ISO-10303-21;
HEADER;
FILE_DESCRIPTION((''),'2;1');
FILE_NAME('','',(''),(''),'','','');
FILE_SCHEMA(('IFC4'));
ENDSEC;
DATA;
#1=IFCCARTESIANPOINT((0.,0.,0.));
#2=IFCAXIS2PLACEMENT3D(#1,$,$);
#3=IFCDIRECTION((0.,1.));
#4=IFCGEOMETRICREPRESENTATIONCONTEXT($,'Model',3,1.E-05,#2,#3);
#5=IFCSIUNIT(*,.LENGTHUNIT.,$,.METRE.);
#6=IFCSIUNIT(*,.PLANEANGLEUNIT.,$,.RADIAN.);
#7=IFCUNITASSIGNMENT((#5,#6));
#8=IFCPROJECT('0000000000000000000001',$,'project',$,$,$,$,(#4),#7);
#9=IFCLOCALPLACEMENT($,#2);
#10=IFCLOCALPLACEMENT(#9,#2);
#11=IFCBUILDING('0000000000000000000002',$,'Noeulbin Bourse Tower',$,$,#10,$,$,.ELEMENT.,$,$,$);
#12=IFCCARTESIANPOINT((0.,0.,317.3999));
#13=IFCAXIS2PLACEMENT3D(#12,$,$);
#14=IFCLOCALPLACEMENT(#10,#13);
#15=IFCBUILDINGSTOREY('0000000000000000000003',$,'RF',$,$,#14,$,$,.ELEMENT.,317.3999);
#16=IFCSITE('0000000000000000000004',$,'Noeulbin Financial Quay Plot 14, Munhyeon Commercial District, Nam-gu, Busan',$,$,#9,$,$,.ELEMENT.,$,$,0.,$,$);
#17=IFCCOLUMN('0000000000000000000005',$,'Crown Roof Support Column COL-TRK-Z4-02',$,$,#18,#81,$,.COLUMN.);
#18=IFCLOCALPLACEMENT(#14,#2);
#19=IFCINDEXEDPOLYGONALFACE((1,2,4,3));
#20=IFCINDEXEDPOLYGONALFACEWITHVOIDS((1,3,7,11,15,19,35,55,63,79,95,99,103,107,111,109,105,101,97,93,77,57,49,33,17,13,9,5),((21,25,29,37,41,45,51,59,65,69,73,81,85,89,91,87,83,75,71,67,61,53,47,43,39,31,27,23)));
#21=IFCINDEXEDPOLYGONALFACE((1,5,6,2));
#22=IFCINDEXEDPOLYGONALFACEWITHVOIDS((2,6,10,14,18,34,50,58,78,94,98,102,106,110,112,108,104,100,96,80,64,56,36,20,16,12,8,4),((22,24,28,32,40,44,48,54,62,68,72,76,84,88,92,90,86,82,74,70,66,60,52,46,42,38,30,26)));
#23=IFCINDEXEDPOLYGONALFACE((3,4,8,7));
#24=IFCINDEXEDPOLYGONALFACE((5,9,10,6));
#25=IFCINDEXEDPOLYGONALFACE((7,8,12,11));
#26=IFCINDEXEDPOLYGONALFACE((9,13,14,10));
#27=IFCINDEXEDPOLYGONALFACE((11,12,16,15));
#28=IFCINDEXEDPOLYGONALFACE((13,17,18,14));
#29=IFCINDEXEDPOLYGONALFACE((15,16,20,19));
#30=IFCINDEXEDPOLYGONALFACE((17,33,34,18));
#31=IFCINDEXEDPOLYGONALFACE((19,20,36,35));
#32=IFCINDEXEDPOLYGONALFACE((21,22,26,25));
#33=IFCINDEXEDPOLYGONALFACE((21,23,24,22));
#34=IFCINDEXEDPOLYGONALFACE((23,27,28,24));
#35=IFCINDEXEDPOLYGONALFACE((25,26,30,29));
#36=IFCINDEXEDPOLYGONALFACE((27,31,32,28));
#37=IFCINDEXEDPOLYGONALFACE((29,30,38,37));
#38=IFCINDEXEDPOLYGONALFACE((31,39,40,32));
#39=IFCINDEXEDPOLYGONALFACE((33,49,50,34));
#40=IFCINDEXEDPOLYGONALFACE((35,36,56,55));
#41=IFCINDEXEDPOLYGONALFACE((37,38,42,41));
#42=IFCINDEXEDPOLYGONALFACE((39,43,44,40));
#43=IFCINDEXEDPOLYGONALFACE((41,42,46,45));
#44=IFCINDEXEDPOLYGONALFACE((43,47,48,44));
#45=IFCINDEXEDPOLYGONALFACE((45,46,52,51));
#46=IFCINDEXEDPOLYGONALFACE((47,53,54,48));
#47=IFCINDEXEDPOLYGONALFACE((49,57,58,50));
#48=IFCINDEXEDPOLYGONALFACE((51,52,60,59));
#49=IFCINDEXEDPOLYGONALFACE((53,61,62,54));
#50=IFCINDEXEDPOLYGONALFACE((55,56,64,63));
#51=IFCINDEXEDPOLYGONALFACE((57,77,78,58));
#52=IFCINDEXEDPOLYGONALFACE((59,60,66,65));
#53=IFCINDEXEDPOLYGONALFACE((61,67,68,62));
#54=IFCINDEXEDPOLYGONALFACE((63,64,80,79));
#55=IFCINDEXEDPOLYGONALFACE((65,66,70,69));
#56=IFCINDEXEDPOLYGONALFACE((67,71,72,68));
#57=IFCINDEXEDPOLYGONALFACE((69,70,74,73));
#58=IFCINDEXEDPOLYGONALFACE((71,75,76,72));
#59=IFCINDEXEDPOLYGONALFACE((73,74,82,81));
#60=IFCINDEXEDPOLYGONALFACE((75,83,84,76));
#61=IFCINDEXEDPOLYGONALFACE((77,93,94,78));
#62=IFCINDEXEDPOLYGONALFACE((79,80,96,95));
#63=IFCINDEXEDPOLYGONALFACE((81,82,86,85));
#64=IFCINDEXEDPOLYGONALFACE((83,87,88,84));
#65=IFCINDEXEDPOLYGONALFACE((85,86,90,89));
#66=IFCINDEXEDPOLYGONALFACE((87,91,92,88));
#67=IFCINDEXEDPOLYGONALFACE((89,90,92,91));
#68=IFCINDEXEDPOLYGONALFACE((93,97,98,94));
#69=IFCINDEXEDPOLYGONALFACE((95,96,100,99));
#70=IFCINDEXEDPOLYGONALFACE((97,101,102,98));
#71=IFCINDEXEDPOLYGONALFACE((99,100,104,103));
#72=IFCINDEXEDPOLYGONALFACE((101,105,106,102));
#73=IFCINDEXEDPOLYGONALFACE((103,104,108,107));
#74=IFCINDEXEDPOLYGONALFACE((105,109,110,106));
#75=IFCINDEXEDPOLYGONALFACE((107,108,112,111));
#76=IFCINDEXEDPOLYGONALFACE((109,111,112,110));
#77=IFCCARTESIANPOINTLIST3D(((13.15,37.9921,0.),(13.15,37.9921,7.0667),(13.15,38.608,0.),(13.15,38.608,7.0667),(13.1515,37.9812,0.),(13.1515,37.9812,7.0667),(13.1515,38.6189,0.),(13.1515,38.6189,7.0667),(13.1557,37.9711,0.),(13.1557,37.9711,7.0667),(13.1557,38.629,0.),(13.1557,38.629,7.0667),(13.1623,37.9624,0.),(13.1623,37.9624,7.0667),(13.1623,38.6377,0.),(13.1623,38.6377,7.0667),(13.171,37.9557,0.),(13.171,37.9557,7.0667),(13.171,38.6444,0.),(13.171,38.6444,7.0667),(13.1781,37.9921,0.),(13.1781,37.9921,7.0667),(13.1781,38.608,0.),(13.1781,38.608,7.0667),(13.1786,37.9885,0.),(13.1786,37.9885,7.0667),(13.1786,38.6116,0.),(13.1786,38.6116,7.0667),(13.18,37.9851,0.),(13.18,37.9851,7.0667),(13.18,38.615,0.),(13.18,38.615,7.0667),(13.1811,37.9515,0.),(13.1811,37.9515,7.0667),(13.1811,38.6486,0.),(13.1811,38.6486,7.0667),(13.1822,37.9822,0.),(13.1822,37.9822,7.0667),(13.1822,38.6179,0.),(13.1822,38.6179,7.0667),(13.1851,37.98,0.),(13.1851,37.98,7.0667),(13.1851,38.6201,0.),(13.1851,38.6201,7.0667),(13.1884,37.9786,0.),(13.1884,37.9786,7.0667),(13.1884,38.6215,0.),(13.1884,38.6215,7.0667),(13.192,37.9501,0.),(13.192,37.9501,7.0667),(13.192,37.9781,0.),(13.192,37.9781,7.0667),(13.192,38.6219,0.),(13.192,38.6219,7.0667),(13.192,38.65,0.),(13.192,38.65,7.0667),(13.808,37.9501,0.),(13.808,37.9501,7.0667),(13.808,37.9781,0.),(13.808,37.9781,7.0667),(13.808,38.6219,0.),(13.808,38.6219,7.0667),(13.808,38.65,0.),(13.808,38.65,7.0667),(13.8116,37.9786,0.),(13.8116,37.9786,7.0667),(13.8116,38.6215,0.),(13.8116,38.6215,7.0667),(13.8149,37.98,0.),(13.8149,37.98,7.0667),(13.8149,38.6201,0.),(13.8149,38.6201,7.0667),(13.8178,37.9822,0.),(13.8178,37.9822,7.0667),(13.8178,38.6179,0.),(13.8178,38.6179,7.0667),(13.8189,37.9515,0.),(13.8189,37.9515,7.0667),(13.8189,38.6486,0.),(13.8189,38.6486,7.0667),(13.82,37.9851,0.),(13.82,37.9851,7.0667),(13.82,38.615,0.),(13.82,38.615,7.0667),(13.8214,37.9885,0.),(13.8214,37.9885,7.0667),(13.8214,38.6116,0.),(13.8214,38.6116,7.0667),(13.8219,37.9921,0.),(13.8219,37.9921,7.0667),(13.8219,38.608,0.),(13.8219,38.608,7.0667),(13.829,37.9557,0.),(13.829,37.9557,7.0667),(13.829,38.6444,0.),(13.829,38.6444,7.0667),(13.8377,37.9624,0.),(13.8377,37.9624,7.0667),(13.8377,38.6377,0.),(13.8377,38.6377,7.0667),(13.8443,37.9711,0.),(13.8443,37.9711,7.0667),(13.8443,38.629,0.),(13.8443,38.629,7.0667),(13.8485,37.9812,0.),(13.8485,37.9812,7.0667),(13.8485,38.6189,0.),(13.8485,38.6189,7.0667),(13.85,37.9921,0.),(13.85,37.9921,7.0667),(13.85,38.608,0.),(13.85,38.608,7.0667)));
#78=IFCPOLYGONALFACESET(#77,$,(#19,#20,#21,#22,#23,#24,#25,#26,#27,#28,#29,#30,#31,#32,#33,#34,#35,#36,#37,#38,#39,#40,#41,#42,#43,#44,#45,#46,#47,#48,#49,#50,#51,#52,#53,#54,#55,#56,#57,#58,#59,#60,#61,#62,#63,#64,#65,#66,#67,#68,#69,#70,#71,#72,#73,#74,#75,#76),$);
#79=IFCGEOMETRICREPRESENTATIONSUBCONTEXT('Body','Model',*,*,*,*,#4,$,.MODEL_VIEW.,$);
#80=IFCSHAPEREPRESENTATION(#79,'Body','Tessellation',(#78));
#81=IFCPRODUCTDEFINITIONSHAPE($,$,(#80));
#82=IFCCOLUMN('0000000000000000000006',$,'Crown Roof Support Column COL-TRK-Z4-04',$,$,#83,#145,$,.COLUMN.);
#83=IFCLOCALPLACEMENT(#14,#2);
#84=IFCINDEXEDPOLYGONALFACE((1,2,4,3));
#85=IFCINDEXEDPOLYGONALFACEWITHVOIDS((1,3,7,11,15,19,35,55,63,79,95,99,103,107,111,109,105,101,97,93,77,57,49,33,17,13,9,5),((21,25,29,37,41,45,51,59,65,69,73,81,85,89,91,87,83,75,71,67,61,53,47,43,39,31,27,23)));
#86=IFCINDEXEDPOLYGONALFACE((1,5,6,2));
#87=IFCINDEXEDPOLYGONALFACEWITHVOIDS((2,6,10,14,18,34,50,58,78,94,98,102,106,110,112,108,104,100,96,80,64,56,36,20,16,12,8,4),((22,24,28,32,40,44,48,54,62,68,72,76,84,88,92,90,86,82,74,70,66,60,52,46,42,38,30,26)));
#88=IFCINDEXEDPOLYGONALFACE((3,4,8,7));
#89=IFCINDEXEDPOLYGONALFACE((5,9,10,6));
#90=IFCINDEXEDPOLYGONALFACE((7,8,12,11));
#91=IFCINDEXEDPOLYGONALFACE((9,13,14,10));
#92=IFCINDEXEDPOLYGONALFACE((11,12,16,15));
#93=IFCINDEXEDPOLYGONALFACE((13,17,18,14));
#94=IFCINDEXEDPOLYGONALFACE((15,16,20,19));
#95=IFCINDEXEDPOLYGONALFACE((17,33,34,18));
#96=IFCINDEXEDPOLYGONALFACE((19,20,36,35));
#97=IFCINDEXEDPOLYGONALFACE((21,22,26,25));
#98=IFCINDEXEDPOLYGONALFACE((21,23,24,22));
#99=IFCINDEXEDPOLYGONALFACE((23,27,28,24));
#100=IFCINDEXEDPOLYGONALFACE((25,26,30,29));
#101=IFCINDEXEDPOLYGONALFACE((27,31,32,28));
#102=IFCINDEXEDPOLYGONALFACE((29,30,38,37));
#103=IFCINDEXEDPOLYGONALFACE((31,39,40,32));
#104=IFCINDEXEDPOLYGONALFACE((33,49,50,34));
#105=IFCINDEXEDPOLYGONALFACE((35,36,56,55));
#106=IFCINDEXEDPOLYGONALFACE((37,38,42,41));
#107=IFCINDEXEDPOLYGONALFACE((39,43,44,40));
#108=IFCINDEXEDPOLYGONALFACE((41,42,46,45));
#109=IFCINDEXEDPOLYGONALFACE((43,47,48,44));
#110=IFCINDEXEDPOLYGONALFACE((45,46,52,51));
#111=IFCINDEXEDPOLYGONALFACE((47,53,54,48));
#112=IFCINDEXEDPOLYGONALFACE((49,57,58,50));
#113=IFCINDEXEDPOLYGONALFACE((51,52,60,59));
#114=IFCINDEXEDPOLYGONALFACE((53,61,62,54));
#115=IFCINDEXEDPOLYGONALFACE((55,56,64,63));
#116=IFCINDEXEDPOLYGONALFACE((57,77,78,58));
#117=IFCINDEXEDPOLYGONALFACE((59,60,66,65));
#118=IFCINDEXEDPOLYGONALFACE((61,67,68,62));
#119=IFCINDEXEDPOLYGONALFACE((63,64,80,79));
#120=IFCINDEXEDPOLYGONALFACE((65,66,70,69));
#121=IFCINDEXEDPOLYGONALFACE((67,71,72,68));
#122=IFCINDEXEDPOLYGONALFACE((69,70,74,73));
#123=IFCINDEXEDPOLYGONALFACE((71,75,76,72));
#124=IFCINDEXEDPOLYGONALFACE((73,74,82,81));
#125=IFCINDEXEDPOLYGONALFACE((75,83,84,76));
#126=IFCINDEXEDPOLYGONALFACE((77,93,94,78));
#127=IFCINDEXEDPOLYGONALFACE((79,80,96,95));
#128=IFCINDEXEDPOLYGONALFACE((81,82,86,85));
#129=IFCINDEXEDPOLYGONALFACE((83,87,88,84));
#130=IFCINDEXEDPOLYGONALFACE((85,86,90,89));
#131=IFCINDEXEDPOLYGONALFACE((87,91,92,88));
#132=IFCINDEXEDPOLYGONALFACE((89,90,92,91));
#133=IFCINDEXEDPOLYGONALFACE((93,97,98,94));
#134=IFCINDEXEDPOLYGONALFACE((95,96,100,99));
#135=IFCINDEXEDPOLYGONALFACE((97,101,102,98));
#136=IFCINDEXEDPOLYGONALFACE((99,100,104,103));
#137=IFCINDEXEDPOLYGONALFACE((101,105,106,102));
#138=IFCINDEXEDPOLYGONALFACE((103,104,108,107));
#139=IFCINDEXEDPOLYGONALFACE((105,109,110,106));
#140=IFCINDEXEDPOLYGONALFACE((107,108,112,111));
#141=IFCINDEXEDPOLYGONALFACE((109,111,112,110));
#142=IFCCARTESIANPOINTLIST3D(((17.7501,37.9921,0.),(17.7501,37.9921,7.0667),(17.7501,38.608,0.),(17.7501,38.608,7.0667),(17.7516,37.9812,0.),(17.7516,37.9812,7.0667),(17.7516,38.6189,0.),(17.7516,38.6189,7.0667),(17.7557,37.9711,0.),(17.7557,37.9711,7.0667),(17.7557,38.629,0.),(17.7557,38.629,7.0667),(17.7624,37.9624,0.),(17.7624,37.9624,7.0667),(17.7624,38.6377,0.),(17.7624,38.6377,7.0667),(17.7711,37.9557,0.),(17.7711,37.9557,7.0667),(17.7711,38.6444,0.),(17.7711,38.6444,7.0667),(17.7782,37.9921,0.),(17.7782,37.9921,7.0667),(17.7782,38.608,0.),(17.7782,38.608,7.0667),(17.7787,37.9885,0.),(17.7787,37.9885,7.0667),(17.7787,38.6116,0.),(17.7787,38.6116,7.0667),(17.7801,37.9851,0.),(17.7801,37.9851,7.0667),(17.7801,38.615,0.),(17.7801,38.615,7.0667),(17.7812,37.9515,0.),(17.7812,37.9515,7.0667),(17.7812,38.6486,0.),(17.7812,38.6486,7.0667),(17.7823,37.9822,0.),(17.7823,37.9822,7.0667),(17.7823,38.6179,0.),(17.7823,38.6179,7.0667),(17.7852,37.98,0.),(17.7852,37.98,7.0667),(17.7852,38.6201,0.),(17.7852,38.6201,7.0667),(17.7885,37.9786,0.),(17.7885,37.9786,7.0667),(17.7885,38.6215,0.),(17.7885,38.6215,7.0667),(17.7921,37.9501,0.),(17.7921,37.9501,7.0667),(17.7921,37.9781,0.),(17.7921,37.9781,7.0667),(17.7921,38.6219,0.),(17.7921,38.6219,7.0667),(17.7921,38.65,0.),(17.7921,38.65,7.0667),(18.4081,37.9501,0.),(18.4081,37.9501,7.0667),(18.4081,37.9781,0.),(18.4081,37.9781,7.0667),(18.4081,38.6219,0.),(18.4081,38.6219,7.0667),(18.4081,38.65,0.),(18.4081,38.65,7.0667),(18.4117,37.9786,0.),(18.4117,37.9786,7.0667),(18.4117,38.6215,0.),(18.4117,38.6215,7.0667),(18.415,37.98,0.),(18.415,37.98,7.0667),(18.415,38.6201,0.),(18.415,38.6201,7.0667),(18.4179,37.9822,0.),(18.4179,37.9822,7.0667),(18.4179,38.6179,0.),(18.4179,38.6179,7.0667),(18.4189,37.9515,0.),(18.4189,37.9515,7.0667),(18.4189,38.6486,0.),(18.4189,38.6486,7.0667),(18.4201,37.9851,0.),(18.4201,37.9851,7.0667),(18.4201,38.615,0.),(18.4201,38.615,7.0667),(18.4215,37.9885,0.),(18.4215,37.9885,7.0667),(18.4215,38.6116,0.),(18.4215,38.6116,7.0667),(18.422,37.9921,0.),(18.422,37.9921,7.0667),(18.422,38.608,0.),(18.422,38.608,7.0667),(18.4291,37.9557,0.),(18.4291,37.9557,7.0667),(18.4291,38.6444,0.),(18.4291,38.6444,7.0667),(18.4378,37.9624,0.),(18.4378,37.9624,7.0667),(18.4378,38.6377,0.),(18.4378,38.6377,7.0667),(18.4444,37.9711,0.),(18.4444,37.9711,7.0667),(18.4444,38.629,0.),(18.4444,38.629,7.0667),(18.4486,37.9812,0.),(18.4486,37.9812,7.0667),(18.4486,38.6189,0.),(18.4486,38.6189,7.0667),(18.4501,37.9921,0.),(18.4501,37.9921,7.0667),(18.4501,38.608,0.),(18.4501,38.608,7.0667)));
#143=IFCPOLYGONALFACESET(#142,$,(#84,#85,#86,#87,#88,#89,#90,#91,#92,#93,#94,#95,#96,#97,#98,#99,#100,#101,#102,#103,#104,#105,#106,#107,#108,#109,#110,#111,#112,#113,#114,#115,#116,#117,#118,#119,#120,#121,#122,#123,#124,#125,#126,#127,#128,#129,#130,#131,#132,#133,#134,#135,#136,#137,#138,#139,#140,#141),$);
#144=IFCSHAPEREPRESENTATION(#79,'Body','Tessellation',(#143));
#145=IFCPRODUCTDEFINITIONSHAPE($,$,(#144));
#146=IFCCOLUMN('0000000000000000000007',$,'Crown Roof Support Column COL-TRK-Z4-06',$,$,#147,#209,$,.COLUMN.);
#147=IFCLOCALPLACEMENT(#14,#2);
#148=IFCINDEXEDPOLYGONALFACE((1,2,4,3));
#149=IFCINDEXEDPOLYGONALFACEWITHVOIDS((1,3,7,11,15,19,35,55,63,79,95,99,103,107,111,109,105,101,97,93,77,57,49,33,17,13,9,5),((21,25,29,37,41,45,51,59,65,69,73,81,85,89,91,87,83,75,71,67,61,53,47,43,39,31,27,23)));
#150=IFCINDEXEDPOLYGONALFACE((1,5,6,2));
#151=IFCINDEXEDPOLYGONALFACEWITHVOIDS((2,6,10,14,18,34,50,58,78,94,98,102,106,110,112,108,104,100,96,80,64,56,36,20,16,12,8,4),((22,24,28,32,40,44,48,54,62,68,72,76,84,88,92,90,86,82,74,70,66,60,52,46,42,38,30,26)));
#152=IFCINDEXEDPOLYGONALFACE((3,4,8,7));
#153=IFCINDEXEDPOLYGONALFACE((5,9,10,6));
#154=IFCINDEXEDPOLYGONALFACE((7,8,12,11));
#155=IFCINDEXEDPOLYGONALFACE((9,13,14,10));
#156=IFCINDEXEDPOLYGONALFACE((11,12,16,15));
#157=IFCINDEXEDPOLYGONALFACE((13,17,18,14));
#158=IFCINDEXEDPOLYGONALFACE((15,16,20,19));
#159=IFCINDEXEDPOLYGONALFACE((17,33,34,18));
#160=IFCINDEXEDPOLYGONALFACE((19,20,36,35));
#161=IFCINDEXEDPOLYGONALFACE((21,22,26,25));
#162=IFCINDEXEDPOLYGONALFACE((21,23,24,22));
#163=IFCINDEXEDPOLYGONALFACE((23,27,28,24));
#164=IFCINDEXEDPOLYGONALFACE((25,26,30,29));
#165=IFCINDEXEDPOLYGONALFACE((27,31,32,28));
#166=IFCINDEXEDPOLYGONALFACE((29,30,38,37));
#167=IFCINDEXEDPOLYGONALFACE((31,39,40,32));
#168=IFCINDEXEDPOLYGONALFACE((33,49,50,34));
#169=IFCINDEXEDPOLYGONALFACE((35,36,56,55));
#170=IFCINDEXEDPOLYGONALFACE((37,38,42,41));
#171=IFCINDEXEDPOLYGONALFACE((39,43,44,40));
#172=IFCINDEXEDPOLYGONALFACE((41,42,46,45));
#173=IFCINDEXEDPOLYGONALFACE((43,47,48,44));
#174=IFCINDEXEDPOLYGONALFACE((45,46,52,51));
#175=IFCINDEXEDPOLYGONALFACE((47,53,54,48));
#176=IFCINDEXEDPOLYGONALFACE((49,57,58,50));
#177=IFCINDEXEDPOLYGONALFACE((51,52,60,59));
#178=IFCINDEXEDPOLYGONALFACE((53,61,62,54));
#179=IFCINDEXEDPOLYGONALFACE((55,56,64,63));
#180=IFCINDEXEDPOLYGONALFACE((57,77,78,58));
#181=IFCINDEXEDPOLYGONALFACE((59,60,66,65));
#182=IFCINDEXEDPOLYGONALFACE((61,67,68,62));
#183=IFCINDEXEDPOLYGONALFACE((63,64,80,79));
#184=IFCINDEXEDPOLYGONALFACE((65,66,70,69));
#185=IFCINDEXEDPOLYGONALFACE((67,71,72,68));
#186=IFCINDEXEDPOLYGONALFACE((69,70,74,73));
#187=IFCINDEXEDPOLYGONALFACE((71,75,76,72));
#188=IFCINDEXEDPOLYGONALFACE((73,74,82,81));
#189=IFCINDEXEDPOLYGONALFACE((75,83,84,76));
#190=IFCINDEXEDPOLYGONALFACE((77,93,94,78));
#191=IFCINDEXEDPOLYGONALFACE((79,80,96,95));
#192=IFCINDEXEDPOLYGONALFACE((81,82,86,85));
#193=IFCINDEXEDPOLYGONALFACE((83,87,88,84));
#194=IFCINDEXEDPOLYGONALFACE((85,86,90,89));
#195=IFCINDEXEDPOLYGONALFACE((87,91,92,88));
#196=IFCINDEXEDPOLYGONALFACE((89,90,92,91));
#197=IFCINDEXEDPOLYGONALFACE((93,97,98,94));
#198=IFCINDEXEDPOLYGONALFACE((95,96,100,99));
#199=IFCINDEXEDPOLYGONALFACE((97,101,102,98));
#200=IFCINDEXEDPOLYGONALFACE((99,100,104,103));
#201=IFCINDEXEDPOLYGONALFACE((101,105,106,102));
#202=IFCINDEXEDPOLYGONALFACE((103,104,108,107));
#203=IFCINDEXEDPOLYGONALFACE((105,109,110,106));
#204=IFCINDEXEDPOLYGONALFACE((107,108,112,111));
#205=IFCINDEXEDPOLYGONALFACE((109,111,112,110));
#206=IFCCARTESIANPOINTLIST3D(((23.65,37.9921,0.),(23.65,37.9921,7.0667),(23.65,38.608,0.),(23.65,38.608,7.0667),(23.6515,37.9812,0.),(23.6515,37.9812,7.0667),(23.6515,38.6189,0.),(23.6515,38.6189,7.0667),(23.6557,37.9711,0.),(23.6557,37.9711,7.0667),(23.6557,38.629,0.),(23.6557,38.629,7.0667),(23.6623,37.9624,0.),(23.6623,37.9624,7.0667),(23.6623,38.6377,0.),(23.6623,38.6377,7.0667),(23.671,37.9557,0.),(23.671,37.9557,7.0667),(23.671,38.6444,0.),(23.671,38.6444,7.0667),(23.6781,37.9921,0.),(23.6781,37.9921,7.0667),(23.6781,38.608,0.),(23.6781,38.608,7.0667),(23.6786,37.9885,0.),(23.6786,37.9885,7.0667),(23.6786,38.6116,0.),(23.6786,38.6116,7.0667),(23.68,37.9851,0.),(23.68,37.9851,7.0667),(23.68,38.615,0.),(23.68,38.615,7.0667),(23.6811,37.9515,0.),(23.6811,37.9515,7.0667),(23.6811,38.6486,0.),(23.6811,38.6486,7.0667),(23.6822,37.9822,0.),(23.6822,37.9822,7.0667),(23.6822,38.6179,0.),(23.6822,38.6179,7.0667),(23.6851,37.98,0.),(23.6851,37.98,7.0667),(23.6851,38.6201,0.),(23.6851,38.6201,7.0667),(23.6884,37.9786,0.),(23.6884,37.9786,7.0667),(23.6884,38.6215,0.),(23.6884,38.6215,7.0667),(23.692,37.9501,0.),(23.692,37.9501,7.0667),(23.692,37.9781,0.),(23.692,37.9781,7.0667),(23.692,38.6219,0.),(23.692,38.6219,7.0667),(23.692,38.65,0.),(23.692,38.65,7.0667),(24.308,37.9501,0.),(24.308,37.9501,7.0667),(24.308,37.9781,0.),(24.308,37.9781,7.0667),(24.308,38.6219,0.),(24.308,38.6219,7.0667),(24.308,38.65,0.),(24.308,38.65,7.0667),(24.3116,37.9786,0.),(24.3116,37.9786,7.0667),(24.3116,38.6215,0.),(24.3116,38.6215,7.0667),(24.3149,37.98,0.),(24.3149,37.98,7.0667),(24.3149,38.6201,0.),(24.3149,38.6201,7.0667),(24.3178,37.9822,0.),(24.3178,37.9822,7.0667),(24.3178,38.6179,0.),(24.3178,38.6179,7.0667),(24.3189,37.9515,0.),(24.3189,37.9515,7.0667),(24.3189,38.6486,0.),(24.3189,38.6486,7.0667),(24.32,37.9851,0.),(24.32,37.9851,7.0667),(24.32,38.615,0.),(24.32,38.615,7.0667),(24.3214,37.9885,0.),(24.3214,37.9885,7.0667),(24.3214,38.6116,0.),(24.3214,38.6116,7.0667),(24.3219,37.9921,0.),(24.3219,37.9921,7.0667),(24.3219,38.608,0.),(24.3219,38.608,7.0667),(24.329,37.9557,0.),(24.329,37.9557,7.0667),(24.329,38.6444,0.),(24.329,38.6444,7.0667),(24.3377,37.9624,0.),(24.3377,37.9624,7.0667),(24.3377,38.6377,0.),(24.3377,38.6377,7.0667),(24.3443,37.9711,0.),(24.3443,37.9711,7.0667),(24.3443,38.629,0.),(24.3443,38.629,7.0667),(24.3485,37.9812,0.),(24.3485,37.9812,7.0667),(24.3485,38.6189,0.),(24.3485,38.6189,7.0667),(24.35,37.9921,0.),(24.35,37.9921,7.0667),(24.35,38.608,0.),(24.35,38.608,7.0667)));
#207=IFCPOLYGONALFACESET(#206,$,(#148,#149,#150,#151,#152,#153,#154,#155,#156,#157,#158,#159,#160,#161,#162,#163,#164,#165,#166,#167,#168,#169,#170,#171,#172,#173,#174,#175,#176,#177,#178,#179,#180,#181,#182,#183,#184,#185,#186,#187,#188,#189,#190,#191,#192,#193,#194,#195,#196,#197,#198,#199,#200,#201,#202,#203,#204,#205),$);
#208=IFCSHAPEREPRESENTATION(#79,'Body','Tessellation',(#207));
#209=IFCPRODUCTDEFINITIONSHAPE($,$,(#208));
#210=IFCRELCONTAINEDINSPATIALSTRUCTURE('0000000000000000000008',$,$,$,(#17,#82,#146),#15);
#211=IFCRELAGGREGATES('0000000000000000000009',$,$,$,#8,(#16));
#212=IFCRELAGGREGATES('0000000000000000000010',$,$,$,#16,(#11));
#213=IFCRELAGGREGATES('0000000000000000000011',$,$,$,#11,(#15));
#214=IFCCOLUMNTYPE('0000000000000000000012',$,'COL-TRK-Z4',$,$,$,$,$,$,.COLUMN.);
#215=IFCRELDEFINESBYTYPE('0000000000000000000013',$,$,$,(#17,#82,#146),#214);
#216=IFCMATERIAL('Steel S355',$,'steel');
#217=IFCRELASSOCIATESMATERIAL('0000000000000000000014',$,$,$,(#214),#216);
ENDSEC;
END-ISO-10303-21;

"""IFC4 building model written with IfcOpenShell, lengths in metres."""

from ifc_helpers import new_model, si_unit, direction, frame, origin, origin_2d, place, context, subcontext, project, spatial, hollow_rectangle, extrude, material, material_profile, profile_set, type_object, element, save


model = new_model("IFC4")

# Units and contexts
model_context = context("Model", 3, precision=1e-05, world=origin(), true_north=direction((0.0, 1.0)))
body_context = subcontext(model_context, "Body", "Model", "MODEL_VIEW")
ifc_project = project(units=[si_unit("LENGTHUNIT", "METRE"), si_unit("PLANEANGLEUNIT", "RADIAN")], contexts=[model_context])

# Site, building, storey
site_placement = place(None, origin())
site = spatial("IfcSite", under=ifc_project, at=site_placement, Name="Noeulbin Financial Quay Plot 14, Munhyeon Commercial District, Nam-gu, Busan", CompositionType="ELEMENT", RefElevation=0.0)
building_placement = place(site_placement, origin())
building = spatial("IfcBuilding", under=site, at=building_placement, Name="Noeulbin Bourse Tower", CompositionType="ELEMENT")
storey_placement = place(building_placement, frame((0.0, 0.0, 317.3999)))
storey = spatial("IfcBuildingStorey", under=building, at=storey_placement, Name="RF", CompositionType="ELEMENT", Elevation=317.3999)

# Columns
ifc_material_1 = material(Name="Steel S355", Category="steel")
ifc_material_profile_1 = material_profile(ifc_material_1, hollow_rectangle(XDim=0.7, YDim=0.7, WallThickness=0.0281, InnerFilletRadius=0.0139, OuterFilletRadius=0.042, at=origin_2d()), Name="BOX-700x700x28", Category="LoadBearing")
ifc_profile_set_1 = profile_set([ifc_material_profile_1], Name="Steel S355")
column_type_1 = type_object("IfcColumnType", Name="COL-TRK-Z4", PredefinedType="COLUMN", material=ifc_profile_set_1)
for number, where, z_axis, x_axis, name in (
    (1, (13.5, 38.3, 0.0), (0.0, 0.0, 1.0), (1.0, 0.0, 0.0), "Crown Roof Support Column COL-TRK-Z4-02"),
    (2, (18.1001, 38.3, 0.0), (0.0, 0.0, 1.0), (1.0, 0.0, 0.0), "Crown Roof Support Column COL-TRK-Z4-04"),
    (3, (24.0, 38.3, 0.0), (0.0, 0.0, 1.0), (1.0, 0.0, 0.0), "Crown Roof Support Column COL-TRK-Z4-06"),
):
    element("IfcColumn", number, at=place(storey_placement, frame(where, z_axis=z_axis, x_axis=x_axis)), inside=storey, type_object=column_type_1, Name=name, PredefinedType="COLUMN", context=body_context, shape_type="SweptSolid", body=[
        extrude(hollow_rectangle(XDim=0.7, YDim=0.7, WallThickness=0.0281, InnerFilletRadius=0.0139, OuterFilletRadius=0.042, at=origin_2d()), origin(), (0.0, 0.0, 1.0), 7.0667),
    ])

save(model, "model.ifc")
